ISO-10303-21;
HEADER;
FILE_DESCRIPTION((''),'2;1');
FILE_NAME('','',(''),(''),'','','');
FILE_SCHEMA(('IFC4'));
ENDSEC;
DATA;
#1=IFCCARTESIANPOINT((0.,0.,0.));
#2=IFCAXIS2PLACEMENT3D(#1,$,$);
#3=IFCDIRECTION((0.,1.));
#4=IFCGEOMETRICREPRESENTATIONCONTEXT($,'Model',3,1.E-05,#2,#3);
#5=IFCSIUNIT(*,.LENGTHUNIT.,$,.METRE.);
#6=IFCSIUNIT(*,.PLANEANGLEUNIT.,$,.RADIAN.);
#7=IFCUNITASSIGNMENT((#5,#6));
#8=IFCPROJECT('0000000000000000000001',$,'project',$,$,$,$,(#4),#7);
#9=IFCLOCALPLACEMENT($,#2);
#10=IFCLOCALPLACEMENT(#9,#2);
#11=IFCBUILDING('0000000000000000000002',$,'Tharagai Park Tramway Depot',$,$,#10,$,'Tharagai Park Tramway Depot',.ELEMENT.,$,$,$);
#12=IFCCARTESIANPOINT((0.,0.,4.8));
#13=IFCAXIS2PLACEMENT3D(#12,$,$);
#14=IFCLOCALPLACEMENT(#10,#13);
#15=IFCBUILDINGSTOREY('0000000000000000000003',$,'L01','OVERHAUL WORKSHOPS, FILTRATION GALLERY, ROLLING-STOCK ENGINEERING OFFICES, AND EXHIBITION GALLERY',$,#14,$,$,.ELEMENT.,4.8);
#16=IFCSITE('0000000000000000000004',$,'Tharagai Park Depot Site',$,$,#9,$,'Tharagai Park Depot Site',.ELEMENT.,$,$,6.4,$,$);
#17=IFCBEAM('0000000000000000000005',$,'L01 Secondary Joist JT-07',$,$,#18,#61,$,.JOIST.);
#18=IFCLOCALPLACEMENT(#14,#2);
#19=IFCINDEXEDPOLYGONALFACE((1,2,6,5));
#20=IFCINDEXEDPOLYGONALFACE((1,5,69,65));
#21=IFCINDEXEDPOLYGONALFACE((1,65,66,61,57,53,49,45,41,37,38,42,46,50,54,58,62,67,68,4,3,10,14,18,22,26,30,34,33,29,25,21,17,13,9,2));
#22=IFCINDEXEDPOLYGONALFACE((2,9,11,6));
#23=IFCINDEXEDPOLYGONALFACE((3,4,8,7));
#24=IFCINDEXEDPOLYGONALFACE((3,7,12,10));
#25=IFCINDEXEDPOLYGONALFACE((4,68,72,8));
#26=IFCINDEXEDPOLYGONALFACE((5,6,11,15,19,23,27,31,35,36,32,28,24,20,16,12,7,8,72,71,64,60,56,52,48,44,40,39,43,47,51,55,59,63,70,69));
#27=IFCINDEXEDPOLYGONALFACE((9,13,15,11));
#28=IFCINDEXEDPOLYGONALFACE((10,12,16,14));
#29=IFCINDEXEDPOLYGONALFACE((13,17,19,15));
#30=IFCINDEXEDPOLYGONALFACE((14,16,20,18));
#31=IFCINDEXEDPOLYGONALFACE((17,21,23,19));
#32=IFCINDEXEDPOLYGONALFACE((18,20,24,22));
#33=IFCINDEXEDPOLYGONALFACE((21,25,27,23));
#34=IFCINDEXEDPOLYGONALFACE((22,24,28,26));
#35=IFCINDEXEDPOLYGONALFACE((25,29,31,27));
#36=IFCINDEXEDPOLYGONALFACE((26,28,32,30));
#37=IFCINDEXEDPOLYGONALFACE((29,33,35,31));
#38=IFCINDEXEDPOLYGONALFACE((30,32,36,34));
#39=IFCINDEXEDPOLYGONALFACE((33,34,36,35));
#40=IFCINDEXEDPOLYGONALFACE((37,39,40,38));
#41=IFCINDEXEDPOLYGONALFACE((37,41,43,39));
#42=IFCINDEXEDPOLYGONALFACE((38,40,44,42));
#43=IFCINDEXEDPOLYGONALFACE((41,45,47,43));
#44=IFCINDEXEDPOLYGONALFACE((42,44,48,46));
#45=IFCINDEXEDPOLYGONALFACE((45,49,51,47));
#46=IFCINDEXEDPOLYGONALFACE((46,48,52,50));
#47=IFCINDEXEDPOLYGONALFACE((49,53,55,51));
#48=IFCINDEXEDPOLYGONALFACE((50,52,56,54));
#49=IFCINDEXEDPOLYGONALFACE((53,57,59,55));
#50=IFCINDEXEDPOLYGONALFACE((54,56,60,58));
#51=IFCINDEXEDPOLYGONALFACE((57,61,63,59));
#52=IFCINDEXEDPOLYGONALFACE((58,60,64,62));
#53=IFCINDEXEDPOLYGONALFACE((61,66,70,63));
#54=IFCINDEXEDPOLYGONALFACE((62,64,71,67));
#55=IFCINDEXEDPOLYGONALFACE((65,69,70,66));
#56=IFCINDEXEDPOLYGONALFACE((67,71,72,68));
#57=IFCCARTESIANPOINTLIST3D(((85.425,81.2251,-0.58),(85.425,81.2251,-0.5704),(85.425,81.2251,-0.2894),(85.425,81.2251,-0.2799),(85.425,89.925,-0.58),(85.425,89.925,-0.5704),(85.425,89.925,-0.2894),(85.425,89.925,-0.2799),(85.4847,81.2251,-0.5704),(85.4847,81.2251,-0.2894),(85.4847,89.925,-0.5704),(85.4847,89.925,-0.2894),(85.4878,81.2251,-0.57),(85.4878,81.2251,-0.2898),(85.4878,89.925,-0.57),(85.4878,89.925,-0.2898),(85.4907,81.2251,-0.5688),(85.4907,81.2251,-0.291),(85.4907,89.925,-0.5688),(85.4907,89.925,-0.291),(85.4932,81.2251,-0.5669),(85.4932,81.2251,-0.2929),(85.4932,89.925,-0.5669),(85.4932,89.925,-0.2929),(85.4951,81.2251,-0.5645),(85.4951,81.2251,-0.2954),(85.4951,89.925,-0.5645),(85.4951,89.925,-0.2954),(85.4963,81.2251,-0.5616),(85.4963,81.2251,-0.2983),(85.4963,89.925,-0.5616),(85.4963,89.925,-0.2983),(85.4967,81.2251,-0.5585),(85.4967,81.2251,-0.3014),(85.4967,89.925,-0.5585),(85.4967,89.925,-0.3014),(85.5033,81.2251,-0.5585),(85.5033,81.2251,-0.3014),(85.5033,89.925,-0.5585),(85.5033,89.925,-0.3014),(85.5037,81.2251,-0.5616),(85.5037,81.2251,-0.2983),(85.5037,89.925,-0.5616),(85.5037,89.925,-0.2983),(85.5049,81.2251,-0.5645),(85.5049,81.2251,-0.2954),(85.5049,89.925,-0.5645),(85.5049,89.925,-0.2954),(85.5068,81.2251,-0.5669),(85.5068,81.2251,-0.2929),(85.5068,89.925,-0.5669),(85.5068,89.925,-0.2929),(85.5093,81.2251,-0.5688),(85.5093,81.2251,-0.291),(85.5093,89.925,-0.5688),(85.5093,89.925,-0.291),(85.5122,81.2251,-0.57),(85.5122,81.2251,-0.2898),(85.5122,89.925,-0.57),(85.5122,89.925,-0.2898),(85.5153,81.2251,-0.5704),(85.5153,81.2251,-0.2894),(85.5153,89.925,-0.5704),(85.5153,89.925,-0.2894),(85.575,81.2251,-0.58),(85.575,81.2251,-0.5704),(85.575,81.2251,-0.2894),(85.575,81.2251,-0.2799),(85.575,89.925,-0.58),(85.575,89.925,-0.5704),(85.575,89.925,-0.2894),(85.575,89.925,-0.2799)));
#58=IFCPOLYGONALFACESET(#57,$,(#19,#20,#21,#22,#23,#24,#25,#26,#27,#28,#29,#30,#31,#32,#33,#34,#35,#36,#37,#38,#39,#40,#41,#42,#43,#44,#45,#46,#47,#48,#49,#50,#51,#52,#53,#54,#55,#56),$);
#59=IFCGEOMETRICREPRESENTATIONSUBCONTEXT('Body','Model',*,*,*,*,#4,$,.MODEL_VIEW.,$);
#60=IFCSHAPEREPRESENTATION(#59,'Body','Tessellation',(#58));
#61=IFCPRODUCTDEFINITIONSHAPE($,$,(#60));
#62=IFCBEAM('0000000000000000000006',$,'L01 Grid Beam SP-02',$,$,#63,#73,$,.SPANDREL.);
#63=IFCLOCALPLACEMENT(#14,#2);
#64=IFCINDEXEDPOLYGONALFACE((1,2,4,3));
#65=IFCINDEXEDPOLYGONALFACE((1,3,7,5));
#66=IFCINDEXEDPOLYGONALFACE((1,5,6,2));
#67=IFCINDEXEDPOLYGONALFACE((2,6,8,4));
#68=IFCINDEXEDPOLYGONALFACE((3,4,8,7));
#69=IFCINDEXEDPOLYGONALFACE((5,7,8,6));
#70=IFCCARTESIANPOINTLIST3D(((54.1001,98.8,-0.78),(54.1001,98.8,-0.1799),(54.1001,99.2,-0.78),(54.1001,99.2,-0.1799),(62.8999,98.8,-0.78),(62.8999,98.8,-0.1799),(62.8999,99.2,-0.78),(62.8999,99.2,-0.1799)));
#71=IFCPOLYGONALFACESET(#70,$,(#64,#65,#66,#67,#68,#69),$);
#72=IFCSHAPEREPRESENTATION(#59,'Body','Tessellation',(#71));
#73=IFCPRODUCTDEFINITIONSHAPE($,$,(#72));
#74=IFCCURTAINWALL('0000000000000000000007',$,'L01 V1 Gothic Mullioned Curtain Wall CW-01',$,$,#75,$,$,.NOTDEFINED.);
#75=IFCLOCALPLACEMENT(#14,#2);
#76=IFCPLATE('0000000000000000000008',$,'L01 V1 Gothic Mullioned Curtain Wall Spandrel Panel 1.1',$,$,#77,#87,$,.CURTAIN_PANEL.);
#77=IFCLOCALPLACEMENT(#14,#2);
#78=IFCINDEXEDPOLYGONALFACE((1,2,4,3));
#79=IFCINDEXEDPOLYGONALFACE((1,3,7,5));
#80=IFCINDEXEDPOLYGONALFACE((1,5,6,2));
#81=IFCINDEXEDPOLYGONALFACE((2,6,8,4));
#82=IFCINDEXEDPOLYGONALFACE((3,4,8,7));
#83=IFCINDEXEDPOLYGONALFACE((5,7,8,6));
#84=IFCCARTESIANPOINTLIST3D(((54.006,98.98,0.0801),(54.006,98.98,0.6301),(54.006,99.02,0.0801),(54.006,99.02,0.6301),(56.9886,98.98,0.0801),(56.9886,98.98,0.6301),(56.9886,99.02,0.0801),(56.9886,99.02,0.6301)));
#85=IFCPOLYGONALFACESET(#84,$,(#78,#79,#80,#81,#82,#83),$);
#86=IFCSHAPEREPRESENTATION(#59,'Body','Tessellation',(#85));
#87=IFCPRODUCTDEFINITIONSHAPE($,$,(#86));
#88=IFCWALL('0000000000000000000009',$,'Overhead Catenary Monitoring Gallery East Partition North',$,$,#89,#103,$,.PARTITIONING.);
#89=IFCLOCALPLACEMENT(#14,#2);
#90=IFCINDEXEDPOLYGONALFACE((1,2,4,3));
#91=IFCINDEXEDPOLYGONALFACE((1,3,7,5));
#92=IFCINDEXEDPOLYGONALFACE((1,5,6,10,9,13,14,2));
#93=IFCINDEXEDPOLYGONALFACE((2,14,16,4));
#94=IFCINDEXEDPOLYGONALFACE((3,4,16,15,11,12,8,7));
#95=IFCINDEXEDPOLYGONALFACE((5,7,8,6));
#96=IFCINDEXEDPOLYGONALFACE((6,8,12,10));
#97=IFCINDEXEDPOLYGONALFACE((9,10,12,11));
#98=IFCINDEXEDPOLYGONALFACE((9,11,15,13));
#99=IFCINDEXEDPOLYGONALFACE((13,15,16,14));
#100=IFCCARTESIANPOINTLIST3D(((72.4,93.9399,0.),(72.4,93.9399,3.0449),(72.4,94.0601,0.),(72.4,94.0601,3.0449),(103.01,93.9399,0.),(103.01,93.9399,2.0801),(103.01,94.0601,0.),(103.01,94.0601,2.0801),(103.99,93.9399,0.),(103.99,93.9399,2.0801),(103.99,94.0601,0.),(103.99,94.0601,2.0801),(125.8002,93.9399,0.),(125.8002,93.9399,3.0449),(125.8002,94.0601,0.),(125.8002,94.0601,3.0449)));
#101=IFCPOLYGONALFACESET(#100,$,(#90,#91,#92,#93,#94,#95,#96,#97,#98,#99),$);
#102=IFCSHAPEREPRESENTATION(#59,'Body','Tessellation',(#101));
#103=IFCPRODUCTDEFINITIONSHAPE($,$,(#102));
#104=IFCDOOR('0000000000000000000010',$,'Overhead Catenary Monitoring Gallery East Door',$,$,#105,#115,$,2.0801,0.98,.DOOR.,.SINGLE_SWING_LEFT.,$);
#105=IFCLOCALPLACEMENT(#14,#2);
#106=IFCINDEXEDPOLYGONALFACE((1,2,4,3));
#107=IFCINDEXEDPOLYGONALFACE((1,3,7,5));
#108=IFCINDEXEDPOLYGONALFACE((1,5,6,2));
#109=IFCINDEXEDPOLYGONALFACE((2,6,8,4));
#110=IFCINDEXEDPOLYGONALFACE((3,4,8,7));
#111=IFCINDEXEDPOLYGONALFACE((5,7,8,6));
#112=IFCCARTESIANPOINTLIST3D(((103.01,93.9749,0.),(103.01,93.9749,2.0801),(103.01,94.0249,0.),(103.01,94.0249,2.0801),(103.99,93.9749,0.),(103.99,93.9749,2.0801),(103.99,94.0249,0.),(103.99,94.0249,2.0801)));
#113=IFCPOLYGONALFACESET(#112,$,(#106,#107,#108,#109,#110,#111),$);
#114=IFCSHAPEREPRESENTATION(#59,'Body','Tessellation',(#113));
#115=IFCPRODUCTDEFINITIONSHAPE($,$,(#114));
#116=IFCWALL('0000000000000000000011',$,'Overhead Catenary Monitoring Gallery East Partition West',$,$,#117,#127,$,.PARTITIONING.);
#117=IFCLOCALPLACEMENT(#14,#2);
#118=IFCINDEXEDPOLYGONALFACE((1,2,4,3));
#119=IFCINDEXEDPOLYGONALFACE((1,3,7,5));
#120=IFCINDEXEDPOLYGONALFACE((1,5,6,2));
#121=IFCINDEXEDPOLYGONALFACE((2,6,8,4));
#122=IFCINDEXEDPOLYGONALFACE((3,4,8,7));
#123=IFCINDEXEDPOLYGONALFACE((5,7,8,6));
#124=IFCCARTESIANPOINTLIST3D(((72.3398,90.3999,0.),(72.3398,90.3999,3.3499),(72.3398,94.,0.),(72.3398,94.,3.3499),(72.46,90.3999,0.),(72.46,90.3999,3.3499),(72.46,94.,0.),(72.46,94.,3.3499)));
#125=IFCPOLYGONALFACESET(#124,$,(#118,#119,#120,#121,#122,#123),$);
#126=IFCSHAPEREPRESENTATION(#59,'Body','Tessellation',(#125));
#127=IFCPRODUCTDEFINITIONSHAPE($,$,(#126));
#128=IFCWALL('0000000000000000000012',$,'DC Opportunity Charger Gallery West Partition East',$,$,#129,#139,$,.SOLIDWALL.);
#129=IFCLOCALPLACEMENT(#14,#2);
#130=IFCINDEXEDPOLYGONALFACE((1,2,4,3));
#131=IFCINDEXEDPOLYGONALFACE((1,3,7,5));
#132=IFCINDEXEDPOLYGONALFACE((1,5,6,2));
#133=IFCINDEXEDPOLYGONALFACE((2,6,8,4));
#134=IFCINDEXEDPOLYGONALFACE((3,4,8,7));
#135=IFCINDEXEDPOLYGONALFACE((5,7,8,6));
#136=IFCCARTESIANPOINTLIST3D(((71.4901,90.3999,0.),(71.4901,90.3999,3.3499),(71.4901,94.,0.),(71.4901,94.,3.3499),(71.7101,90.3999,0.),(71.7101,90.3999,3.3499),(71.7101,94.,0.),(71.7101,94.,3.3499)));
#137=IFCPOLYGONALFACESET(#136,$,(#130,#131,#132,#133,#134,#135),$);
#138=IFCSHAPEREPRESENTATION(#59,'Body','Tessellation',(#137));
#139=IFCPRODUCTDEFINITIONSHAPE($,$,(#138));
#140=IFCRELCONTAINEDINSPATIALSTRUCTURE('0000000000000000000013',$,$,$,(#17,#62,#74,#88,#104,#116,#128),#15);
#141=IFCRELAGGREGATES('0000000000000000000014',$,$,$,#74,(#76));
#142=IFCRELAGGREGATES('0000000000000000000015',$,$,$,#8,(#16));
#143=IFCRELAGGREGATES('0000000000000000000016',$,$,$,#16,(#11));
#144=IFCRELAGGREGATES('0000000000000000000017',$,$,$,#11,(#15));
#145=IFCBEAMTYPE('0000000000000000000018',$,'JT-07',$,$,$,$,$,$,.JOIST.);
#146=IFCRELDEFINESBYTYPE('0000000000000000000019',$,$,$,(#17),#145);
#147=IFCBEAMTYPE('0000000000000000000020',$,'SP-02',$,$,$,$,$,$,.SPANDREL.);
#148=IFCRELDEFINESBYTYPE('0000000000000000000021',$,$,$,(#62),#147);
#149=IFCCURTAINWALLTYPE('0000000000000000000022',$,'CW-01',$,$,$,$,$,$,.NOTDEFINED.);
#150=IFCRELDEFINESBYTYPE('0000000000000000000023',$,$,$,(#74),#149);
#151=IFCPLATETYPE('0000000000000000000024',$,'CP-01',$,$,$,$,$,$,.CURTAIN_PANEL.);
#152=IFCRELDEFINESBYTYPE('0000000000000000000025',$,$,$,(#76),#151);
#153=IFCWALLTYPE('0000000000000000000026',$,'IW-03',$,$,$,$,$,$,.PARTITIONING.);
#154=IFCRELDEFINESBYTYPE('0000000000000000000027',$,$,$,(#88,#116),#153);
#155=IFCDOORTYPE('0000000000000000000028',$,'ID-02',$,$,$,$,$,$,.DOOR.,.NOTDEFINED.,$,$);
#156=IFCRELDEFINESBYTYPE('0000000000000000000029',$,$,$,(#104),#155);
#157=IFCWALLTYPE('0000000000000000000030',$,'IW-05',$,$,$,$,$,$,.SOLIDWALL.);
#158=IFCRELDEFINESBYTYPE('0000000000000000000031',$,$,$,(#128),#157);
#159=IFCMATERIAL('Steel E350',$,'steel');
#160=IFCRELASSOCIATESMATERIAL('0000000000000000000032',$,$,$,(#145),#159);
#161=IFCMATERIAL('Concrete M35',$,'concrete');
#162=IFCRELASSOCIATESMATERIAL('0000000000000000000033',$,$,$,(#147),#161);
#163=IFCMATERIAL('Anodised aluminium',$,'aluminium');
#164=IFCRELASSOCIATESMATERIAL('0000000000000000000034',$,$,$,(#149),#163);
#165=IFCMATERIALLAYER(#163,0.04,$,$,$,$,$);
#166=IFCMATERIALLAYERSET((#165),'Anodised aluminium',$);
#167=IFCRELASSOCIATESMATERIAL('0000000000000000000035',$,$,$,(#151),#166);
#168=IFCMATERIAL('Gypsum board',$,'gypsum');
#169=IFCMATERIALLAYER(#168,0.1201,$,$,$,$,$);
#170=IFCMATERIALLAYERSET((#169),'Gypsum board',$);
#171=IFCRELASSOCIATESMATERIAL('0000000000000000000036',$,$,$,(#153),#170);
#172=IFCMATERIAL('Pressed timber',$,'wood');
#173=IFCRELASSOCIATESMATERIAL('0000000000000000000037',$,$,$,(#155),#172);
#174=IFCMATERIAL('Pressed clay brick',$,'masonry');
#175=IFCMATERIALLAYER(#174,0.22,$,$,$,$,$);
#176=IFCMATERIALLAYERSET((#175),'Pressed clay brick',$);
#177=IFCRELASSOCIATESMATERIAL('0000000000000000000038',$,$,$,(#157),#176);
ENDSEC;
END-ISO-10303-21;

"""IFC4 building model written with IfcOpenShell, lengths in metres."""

from ifc_helpers import new_model, si_unit, direction, frame, frame_2d, origin, origin_2d, place, context, subcontext, project, spatial, rectangle, i_section, extrude, material, layer, layer_set, material_profile, profile_set, type_object, element, fill, aggregate, save


model = new_model("IFC4")

# Units and contexts
model_context = context("Model", 3, precision=1e-05, world=origin(), true_north=direction((0.0, 1.0)))
body_context = subcontext(model_context, "Body", "Model", "MODEL_VIEW")
ifc_project = project(units=[si_unit("LENGTHUNIT", "METRE"), si_unit("PLANEANGLEUNIT", "RADIAN")], contexts=[model_context])

# Site, building, storey
site_placement = place(None, origin())
site = spatial("IfcSite", under=ifc_project, at=site_placement, Name="Tharagai Park Depot Site", LongName="Tharagai Park Depot Site", CompositionType="ELEMENT", RefElevation=6.4)
building_placement = place(site_placement, origin())
building = spatial("IfcBuilding", under=site, at=building_placement, Name="Tharagai Park Tramway Depot", LongName="Tharagai Park Tramway Depot", CompositionType="ELEMENT")
storey_placement = place(building_placement, frame((0.0, 0.0, 4.8)))
storey = spatial("IfcBuildingStorey", under=building, at=storey_placement, Name="L01", Description="OVERHAUL WORKSHOPS, FILTRATION GALLERY, ROLLING-STOCK ENGINEERING OFFICES, AND EXHIBITION GALLERY", CompositionType="ELEMENT", Elevation=4.8)

# Shared definitions
ifc_material_1 = material(Name="Steel E350", Category="steel")

# Beams
ifc_material_2 = material(Name="Concrete M35", Category="concrete")
ifc_material_profile_1 = material_profile(ifc_material_1, i_section(OverallWidth=0.1499, OverallDepth=0.3, WebThickness=0.0066, FlangeThickness=0.0095, FilletRadius=0.012, at=origin_2d()), Name="ISLB 300")
ifc_profile_set_1 = profile_set([ifc_material_profile_1], Name="Steel E350")
beam_type_1 = type_object("IfcBeamType", Name="JT-07", PredefinedType="JOIST", material=ifc_profile_set_1)
for number, where, z_axis, x_axis, name in (
    (1, (85.5, 81.2251, -0.4299), (0.0, 1.0, 0.0), (-1.0, 0.0, 0.0), "L01 Secondary Joist JT-07"),
):
    element("IfcBeam", number, at=place(storey_placement, frame(where, z_axis=z_axis, x_axis=x_axis)), inside=storey, type_object=beam_type_1, Name=name, PredefinedType="JOIST", context=body_context, shape_type="SweptSolid", body=[
        extrude(i_section(OverallWidth=0.1499, OverallDepth=0.3, WebThickness=0.0066, FlangeThickness=0.0095, FilletRadius=0.012, at=origin_2d()), origin(), (0.0, 0.0, 1.0), 8.7),
    ])
ifc_material_profile_2 = material_profile(ifc_material_2, rectangle(XDim=0.3999, YDim=0.6001, at=origin_2d()), Name="RC 400x600")
ifc_profile_set_2 = profile_set([ifc_material_profile_2], Name="Concrete M35")
beam_type_2 = type_object("IfcBeamType", Name="SP-02", PredefinedType="SPANDREL", material=ifc_profile_set_2)
beam_1_placement = place(storey_placement, frame((54.1001, 99.0, -0.48), z_axis=(1.0, 0.0, 0.0), x_axis=(0.0, 1.0, 0.0)))
element("IfcBeam", 2, at=beam_1_placement, inside=storey, type_object=beam_type_2, Name="L01 Grid Beam SP-02", PredefinedType="SPANDREL", context=body_context, shape_type="SweptSolid", body=[
    extrude(rectangle(XDim=0.3999, YDim=0.6001, at=origin_2d()), origin(), (0.0, 0.0, 1.0), 8.7998),
])

# Curtain wall, plate
ifc_material_3 = material(Name="Anodised aluminium", Category="aluminium")
curtain_wall_type = type_object("IfcCurtainWallType", Name="CW-01", PredefinedType="NOTDEFINED", material=ifc_material_3)
curtain_wall_placement = place(storey_placement, origin())
curtain_wall = element("IfcCurtainWall", 3, at=curtain_wall_placement, inside=storey, type_object=curtain_wall_type, Name="L01 V1 Gothic Mullioned Curtain Wall CW-01", PredefinedType="NOTDEFINED")
ifc_layer_1 = layer(ifc_material_3, 0.04)
ifc_layer_set_1 = layer_set([ifc_layer_1], Name="Anodised aluminium")
plate_type = type_object("IfcPlateType", Name="CP-01", PredefinedType="CURTAIN_PANEL", material=ifc_layer_set_1)
plate_placement = place(storey_placement, frame((55.4973, 99.0, 0.0801), z_axis=(0.0, 0.0, 1.0), x_axis=(1.0, 0.0, 0.0)))
plate = element("IfcPlate", 4, at=plate_placement, type_object=plate_type, Name="L01 V1 Gothic Mullioned Curtain Wall Spandrel Panel 1.1", PredefinedType="CURTAIN_PANEL", context=body_context, shape_type="SweptSolid", body=[
    extrude(rectangle(XDim=2.9827, YDim=0.04, at=origin_2d()), origin(), (0.0, 0.0, 1.0), 0.55),
])
aggregate(curtain_wall, [plate])

# Wall, opening, door
ifc_material_4 = material(Name="Gypsum board", Category="gypsum")
ifc_layer_2 = layer(ifc_material_4, 0.1201)
ifc_layer_set_2 = layer_set([ifc_layer_2], Name="Gypsum board")
wall_type_1 = type_object("IfcWallType", Name="IW-03", PredefinedType="PARTITIONING", material=ifc_layer_set_2)
wall_1_placement = place(storey_placement, frame((72.3999, 94.0, 0.0), z_axis=(0.0, 0.0, 1.0), x_axis=(1.0, 0.0, 0.0)))
wall_1 = element("IfcWall", 5, at=wall_1_placement, inside=storey, type_object=wall_type_1, Name="Overhead Catenary Monitoring Gallery East Partition North", PredefinedType="PARTITIONING", context=body_context, shape_type="SweptSolid", body=[
    extrude(rectangle(XDim=53.4001, YDim=0.1201, at=frame_2d((26.7002, 0.0))), origin(), (0.0, 0.0, 1.0), 3.0449),
])
opening_placement = place(wall_1_placement, frame((30.6101, 0.0, 0.0)))
opening = element("IfcOpeningElement", 6, at=opening_placement, cuts=wall_1, PredefinedType="OPENING", context=body_context, shape_type="SweptSolid", body=[
    extrude(rectangle(XDim=0.98, YDim=2.0801, at=frame_2d((0.49, 1.04))), frame((0.0, 0.0701, 0.0), z_axis=(0.0, -1.0, 0.0), x_axis=(1.0, 0.0, 0.0)), (0.0, 0.0, 1.0), 0.1401),
])
ifc_material_5 = material(Name="Pressed timber", Category="wood")
door_type = type_object("IfcDoorType", Name="ID-02", OperationType="NOTDEFINED", PredefinedType="DOOR", material=ifc_material_5)
door_placement = place(opening_placement, origin())
door = element("IfcDoor", 7, at=door_placement, inside=storey, type_object=door_type, Name="Overhead Catenary Monitoring Gallery East Door", OperationType="SINGLE_SWING_LEFT", OverallHeight=2.0801, OverallWidth=0.98, PredefinedType="DOOR", context=body_context, shape_type="SweptSolid", body=[
    extrude(rectangle(XDim=0.98, YDim=2.0801, at=frame_2d((0.49, 1.04))), frame((0.0, 0.0249, 0.0), z_axis=(0.0, -1.0, 0.0), x_axis=(1.0, 0.0, 0.0)), (0.0, 0.0, 1.0), 0.05),
])
fill(opening, door)

# Walls
wall_2_placement = place(storey_placement, frame((72.3999, 90.3999, 0.0), z_axis=(0.0, 0.0, 1.0), x_axis=(0.0, 1.0, 0.0)))
element("IfcWall", 8, at=wall_2_placement, inside=storey, type_object=wall_type_1, Name="Overhead Catenary Monitoring Gallery East Partition West", PredefinedType="PARTITIONING", context=body_context, shape_type="SweptSolid", body=[
    extrude(rectangle(XDim=3.6001, YDim=0.1201, at=frame_2d((1.8, 0.0))), origin(), (0.0, 0.0, 1.0), 3.3499),
])
ifc_material_6 = material(Name="Pressed clay brick", Category="masonry")
ifc_layer_3 = layer(ifc_material_6, 0.22)
ifc_layer_set_3 = layer_set([ifc_layer_3], Name="Pressed clay brick")
wall_type_2 = type_object("IfcWallType", Name="IW-05", PredefinedType="SOLIDWALL", material=ifc_layer_set_3)
wall_3_placement = place(storey_placement, frame((71.6001, 90.3999, 0.0), z_axis=(0.0, 0.0, 1.0), x_axis=(0.0, 1.0, 0.0)))
element("IfcWall", 9, at=wall_3_placement, inside=storey, type_object=wall_type_2, Name="DC Opportunity Charger Gallery West Partition East", PredefinedType="SOLIDWALL", context=body_context, shape_type="SweptSolid", body=[
    extrude(rectangle(XDim=3.6001, YDim=0.22, at=frame_2d((1.8, 0.0))), origin(), (0.0, 0.0, 1.0), 3.3499),
])

save(model, "model.ifc")
